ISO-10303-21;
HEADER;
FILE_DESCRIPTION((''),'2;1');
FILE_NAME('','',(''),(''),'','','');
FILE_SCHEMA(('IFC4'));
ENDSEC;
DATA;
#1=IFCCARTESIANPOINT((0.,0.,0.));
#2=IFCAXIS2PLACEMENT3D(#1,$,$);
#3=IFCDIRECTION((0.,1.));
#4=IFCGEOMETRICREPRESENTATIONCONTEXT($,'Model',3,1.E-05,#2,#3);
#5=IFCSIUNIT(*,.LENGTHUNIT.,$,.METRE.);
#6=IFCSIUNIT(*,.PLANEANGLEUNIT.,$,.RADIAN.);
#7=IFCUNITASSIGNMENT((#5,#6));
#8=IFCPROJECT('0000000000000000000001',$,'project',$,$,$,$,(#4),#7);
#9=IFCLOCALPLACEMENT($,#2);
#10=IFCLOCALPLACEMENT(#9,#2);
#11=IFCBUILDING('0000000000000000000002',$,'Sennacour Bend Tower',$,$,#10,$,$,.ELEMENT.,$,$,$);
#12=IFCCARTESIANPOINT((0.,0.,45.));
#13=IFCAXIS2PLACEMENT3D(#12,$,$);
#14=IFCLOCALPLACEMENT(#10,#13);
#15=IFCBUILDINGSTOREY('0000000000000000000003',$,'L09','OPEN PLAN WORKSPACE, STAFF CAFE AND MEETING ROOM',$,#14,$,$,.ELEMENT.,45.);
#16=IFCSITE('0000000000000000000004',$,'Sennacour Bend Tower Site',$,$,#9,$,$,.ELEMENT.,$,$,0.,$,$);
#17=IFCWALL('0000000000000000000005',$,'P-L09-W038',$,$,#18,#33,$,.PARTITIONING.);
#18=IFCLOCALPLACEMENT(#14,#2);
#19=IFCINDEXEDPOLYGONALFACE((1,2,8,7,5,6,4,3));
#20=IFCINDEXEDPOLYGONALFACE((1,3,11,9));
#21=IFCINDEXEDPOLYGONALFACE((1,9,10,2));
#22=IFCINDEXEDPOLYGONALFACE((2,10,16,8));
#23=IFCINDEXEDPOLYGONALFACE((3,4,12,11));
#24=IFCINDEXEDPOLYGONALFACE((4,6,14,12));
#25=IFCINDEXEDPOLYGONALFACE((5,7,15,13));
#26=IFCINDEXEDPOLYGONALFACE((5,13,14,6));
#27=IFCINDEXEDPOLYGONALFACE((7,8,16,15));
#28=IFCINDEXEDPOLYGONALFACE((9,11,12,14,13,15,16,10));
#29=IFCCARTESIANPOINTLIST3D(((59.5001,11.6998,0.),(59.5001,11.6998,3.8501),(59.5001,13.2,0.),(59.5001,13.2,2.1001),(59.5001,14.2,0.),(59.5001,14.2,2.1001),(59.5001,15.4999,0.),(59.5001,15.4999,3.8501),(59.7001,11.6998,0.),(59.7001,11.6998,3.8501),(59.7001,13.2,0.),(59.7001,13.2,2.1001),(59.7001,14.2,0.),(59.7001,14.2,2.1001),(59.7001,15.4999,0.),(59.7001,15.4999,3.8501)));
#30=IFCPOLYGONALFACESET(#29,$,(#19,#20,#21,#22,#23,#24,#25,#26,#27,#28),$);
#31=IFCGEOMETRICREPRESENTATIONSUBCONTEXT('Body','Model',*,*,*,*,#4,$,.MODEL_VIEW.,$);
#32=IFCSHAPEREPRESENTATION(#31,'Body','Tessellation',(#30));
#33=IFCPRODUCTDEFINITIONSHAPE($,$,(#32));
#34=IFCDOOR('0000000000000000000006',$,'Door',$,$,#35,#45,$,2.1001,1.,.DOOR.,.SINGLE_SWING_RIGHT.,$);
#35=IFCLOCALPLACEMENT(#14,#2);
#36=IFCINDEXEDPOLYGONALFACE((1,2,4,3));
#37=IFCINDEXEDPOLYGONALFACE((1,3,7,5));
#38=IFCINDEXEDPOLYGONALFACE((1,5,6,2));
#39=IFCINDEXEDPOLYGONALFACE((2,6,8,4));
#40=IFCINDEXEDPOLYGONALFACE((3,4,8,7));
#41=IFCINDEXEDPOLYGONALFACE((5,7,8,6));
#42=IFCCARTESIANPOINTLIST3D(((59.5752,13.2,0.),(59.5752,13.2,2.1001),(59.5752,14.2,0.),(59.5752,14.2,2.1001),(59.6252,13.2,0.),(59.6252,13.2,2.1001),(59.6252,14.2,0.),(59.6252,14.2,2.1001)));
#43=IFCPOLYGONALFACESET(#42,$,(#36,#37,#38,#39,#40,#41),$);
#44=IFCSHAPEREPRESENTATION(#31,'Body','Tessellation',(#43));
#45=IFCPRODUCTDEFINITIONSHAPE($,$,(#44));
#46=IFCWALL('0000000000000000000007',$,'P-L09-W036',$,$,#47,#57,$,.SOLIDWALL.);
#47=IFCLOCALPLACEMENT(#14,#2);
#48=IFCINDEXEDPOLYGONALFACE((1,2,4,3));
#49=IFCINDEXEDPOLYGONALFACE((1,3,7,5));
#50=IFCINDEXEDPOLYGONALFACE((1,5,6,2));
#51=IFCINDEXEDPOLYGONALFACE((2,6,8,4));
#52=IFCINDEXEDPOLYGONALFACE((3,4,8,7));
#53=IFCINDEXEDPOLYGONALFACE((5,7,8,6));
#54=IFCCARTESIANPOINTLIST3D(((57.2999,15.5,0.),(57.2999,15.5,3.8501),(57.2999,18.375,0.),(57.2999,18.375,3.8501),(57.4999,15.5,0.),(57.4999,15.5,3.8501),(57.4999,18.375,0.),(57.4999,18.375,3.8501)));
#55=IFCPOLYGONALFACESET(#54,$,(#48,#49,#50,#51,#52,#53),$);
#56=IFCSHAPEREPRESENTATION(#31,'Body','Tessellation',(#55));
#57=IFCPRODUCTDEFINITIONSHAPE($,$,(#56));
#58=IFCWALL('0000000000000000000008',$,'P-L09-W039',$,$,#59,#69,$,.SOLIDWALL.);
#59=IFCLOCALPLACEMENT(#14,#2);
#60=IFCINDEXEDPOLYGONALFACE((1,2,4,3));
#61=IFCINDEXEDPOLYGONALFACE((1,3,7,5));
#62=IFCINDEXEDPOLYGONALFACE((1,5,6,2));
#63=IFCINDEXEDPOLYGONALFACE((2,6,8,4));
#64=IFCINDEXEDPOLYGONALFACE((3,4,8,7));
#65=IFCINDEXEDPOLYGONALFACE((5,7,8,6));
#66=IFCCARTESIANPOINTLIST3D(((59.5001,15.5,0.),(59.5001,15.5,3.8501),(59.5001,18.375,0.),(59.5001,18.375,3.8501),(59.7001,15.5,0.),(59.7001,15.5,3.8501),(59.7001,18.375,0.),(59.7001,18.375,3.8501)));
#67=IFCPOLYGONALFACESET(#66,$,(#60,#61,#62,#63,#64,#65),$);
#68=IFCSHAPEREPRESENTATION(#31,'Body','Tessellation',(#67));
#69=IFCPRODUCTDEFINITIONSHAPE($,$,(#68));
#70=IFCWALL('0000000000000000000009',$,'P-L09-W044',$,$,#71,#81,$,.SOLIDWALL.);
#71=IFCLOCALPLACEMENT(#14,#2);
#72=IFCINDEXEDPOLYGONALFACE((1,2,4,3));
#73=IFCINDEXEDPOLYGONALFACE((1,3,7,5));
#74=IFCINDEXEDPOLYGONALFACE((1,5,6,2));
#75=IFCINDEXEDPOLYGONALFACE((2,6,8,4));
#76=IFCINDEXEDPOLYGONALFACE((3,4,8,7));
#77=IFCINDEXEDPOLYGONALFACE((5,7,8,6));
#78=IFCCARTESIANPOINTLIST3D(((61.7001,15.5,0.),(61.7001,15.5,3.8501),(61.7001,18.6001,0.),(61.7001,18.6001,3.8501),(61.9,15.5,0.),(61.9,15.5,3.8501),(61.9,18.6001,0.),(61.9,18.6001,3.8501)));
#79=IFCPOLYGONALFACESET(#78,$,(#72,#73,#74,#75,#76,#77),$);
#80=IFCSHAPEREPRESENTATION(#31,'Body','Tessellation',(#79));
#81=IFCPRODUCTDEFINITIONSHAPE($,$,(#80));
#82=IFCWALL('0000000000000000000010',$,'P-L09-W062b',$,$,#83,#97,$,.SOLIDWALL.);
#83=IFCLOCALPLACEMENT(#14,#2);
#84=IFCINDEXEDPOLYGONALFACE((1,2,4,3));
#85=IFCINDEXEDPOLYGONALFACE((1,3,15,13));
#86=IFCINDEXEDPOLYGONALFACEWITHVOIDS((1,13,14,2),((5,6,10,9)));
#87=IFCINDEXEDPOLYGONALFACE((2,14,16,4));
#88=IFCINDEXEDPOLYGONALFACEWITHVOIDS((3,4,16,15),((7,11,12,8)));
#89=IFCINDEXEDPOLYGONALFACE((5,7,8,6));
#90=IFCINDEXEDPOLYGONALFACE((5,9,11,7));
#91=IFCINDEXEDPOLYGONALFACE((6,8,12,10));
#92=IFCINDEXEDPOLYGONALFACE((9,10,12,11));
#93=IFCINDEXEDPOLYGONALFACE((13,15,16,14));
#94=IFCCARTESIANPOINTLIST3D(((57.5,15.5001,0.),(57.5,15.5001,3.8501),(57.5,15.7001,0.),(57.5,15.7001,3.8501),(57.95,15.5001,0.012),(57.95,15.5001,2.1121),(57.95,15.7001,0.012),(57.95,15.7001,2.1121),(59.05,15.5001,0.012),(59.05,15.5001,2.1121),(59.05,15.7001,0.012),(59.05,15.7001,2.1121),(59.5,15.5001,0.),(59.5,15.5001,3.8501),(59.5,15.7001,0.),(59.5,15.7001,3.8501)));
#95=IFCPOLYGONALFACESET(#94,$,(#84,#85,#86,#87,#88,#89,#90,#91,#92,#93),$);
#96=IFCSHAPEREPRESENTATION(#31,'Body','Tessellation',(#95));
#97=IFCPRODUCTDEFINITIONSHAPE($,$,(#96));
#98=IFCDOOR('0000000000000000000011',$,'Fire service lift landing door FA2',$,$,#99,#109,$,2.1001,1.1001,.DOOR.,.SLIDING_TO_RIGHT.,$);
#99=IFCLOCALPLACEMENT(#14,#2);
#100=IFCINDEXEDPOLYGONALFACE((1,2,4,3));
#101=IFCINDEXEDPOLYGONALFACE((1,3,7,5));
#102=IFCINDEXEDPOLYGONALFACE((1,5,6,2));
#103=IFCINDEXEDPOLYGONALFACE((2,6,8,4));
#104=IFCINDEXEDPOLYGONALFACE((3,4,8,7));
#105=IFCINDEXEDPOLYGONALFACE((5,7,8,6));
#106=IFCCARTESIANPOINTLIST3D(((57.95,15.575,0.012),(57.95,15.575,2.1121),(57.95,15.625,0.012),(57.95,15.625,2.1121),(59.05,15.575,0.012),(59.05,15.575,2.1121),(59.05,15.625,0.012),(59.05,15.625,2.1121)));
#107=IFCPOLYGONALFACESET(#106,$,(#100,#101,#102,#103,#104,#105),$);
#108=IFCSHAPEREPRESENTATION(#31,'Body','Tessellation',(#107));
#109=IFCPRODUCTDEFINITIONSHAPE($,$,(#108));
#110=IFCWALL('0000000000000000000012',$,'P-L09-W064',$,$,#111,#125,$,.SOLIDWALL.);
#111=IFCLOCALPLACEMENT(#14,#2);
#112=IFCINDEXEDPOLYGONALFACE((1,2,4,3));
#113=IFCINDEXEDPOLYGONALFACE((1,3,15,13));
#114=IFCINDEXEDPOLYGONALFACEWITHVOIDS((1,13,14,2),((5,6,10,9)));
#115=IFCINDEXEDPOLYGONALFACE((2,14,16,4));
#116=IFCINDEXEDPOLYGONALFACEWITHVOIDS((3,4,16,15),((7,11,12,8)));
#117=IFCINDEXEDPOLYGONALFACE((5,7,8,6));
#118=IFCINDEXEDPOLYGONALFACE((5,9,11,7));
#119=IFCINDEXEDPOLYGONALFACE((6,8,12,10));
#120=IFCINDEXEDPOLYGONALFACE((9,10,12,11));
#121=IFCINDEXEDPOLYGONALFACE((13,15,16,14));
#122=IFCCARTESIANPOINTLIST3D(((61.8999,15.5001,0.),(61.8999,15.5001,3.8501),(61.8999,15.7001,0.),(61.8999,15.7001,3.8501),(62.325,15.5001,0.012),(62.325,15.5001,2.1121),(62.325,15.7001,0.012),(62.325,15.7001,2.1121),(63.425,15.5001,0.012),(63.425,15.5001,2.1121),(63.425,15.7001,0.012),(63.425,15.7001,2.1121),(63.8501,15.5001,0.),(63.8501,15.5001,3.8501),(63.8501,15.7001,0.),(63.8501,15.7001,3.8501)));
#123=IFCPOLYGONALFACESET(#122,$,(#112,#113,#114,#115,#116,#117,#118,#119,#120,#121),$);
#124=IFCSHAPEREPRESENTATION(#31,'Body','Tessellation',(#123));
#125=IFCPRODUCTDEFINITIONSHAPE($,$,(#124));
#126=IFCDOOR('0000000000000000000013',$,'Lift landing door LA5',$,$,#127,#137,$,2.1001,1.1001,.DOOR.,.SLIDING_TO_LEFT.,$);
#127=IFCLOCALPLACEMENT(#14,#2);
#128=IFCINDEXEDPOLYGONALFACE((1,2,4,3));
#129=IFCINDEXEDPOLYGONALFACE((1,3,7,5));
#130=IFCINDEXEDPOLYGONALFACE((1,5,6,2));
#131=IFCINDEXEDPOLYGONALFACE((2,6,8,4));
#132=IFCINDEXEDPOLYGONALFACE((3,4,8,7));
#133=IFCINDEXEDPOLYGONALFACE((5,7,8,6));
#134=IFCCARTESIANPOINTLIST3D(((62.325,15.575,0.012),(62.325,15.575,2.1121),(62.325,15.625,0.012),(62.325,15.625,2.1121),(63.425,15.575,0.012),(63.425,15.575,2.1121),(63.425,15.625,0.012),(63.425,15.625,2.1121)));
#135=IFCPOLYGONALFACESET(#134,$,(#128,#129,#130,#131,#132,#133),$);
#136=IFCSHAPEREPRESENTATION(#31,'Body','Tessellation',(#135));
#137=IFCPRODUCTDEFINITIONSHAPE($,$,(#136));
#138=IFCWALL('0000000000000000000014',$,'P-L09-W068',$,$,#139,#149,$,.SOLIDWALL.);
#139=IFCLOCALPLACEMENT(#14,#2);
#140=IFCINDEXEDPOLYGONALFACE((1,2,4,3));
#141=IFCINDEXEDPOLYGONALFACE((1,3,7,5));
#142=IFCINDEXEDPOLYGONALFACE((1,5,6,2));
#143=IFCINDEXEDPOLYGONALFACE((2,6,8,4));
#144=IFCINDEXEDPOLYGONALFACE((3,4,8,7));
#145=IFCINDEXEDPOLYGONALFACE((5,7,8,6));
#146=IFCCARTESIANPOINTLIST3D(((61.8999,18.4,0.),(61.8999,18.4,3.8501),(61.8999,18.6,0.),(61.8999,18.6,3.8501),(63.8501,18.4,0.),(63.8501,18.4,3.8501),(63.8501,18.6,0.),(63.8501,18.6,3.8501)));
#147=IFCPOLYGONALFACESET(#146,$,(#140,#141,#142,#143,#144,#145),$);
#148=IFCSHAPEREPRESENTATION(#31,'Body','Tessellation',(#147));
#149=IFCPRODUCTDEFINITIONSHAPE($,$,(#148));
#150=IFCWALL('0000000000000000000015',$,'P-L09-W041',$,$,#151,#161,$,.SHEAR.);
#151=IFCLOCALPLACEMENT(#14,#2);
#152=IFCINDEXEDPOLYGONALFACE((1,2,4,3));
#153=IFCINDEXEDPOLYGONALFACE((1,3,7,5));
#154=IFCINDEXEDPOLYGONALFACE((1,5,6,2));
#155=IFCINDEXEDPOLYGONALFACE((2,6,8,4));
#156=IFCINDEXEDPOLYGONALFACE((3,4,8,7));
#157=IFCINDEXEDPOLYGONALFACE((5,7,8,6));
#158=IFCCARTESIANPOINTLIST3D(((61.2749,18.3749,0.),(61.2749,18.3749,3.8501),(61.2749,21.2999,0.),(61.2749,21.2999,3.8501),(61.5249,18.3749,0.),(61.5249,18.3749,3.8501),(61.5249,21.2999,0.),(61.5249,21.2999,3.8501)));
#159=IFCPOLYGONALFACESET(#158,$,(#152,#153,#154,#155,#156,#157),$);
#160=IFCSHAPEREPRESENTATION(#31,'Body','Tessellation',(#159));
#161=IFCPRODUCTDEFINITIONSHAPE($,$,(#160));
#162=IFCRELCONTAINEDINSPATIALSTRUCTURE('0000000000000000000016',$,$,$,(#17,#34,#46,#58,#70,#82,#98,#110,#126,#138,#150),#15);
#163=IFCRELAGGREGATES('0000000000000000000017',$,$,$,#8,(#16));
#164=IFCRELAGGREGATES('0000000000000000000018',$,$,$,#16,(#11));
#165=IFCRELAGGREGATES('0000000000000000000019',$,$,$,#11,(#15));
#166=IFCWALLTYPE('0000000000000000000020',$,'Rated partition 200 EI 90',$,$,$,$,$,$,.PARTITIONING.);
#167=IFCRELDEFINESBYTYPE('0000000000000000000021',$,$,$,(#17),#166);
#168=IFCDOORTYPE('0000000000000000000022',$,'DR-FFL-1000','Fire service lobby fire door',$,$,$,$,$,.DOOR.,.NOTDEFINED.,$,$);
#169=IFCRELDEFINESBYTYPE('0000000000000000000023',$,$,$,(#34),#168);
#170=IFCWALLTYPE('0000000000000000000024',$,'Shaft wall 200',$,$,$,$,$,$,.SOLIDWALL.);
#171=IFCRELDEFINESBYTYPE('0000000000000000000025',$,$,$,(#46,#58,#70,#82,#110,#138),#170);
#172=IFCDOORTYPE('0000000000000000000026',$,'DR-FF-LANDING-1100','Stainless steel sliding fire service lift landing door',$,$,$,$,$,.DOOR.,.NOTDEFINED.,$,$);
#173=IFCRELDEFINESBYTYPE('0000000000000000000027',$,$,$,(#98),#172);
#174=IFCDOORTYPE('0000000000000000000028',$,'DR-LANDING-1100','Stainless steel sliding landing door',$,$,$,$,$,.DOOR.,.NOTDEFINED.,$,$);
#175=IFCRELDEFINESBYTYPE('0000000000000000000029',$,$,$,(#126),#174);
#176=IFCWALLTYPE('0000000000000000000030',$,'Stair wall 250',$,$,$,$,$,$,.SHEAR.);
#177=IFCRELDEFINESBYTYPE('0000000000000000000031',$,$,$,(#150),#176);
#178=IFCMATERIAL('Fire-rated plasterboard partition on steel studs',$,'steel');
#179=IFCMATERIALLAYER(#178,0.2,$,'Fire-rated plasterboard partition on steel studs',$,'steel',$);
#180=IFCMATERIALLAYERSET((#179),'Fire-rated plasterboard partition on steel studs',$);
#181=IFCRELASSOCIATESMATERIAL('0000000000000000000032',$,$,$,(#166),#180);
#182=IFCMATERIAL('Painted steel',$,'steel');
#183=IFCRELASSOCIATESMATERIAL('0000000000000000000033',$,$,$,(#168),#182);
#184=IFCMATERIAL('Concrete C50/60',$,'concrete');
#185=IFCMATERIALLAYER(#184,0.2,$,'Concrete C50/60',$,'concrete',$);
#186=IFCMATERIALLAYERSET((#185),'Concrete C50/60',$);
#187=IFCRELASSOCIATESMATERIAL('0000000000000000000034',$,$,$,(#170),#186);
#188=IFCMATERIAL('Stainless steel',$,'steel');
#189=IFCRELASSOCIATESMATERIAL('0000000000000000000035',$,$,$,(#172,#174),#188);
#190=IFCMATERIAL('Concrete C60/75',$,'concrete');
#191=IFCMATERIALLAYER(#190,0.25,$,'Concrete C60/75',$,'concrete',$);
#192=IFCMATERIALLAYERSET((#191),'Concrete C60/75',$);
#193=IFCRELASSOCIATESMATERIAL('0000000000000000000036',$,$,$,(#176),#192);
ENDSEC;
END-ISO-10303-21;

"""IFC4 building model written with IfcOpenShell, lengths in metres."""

from ifc_helpers import new_model, si_unit, direction, frame, frame_2d, origin, place, context, subcontext, project, spatial, rectangle, extrude, material, layer, layer_set, type_object, element, fill, save


model = new_model("IFC4")

# Units and contexts
model_context = context("Model", 3, precision=1e-05, world=origin(), true_north=direction((0.0, 1.0)))
body_context = subcontext(model_context, "Body", "Model", "MODEL_VIEW")
ifc_project = project(units=[si_unit("LENGTHUNIT", "METRE"), si_unit("PLANEANGLEUNIT", "RADIAN")], contexts=[model_context])

# Site, building, storey
site_placement = place(None, origin())
site = spatial("IfcSite", under=ifc_project, at=site_placement, Name="Sennacour Bend Tower Site", CompositionType="ELEMENT", RefElevation=0.0)
building_placement = place(site_placement, origin())
building = spatial("IfcBuilding", under=site, at=building_placement, Name="Sennacour Bend Tower", CompositionType="ELEMENT")
storey_placement = place(building_placement, frame((0.0, 0.0, 45.0)))
storey = spatial("IfcBuildingStorey", under=building, at=storey_placement, Name="L09", Description="OPEN PLAN WORKSPACE, STAFF CAFE AND MEETING ROOM", CompositionType="ELEMENT", Elevation=45.0)

# Shared definitions
ifc_material_1 = material(Name="Fire-rated plasterboard partition on steel studs", Category="steel")
ifc_material_2 = material(Name="Painted steel", Category="steel")

# Wall, opening, door
ifc_layer_1 = layer(ifc_material_1, 0.2, Name="Fire-rated plasterboard partition on steel studs", Category="steel")
ifc_layer_set_1 = layer_set([ifc_layer_1], Name="Fire-rated plasterboard partition on steel studs")
wall_type_1 = type_object("IfcWallType", Name="Rated partition 200 EI 90", PredefinedType="PARTITIONING", material=ifc_layer_set_1)
wall_1_placement = place(storey_placement, frame((59.6001, 11.7, 0.0), z_axis=(0.0, 0.0, 1.0), x_axis=(0.0, 1.0, 0.0)))
wall_1 = element("IfcWall", 1, at=wall_1_placement, inside=storey, type_object=wall_type_1, Name="P-L09-W038", PredefinedType="PARTITIONING", context=body_context, shape_type="SweptSolid", body=[
    extrude(rectangle(XDim=3.8, YDim=0.2, at=frame_2d((1.8999, 0.0))), origin(), (0.0, 0.0, 1.0), 3.8501),
])
opening_1_placement = place(wall_1_placement, frame((1.5, 0.0, 0.0)))
opening_1 = element("IfcOpeningElement", 2, at=opening_1_placement, cuts=wall_1, PredefinedType="OPENING", context=body_context, shape_type="SweptSolid", body=[
    extrude(rectangle(XDim=1.0, YDim=2.1001, at=frame_2d((0.5, 1.05))), frame((0.0, 0.1099, 0.0), z_axis=(0.0, -1.0, 0.0), x_axis=(1.0, 0.0, 0.0)), (0.0, 0.0, 1.0), 0.22),
])
door_type_1 = type_object("IfcDoorType", Name="DR-FFL-1000", Description="Fire service lobby fire door", OperationType="NOTDEFINED", PredefinedType="DOOR", material=ifc_material_2)
door_1_placement = place(opening_1_placement, origin())
door_1 = element("IfcDoor", 3, at=door_1_placement, inside=storey, type_object=door_type_1, Name="Door", OperationType="SINGLE_SWING_RIGHT", OverallHeight=2.1001, OverallWidth=1.0, PredefinedType="DOOR", context=body_context, shape_type="SweptSolid", body=[
    extrude(rectangle(XDim=1.0, YDim=2.1001, at=frame_2d((0.5, 1.05))), frame((0.0, 0.0249, 0.0), z_axis=(0.0, -1.0, 0.0), x_axis=(1.0, 0.0, 0.0)), (0.0, 0.0, 1.0), 0.05),
])
fill(opening_1, door_1)

# Walls
ifc_material_3 = material(Name="Concrete C50/60", Category="concrete")
ifc_layer_2 = layer(ifc_material_3, 0.2, Name="Concrete C50/60", Category="concrete")
ifc_layer_set_2 = layer_set([ifc_layer_2], Name="Concrete C50/60")
wall_type_2 = type_object("IfcWallType", Name="Shaft wall 200", PredefinedType="SOLIDWALL", material=ifc_layer_set_2)
for number, where, z_axis, x_axis, name in (
    (4, (57.3999, 15.5, 0.0), (0.0, 0.0, 1.0), (0.0, 1.0, 0.0), "P-L09-W036"),
    (5, (59.6001, 15.5, 0.0), (0.0, 0.0, 1.0), (0.0, 1.0, 0.0), "P-L09-W039"),
):
    element("IfcWall", number, at=place(storey_placement, frame(where, z_axis=z_axis, x_axis=x_axis)), inside=storey, type_object=wall_type_2, Name=name, PredefinedType="SOLIDWALL", context=body_context, shape_type="SweptSolid", body=[
        extrude(rectangle(XDim=2.875, YDim=0.2, at=frame_2d((1.4375, 0.0))), origin(), (0.0, 0.0, 1.0), 3.8501),
    ])
wall_2_placement = place(storey_placement, frame((61.8, 15.5, 0.0), z_axis=(0.0, 0.0, 1.0), x_axis=(0.0, 1.0, 0.0)))
element("IfcWall", 6, at=wall_2_placement, inside=storey, type_object=wall_type_2, Name="P-L09-W044", PredefinedType="SOLIDWALL", context=body_context, shape_type="SweptSolid", body=[
    extrude(rectangle(XDim=3.1001, YDim=0.2, at=frame_2d((1.55, 0.0))), origin(), (0.0, 0.0, 1.0), 3.8501),
])

# Walls, openings, doors
wall_3_placement = place(storey_placement, frame((57.5, 15.6001, 0.0), z_axis=(0.0, 0.0, 1.0), x_axis=(1.0, 0.0, 0.0)))
wall_3 = element("IfcWall", 7, at=wall_3_placement, inside=storey, type_object=wall_type_2, Name="P-L09-W062b", PredefinedType="SOLIDWALL", context=body_context, shape_type="SweptSolid", body=[
    extrude(rectangle(XDim=2.0, YDim=0.2, at=frame_2d((1.0, 0.0))), origin(), (0.0, 0.0, 1.0), 3.8501),
])
opening_2_placement = place(wall_3_placement, frame((0.45, 0.0, 0.012)))
opening_2 = element("IfcOpeningElement", 8, at=opening_2_placement, cuts=wall_3, PredefinedType="OPENING", context=body_context, shape_type="SweptSolid", body=[
    extrude(rectangle(XDim=1.1001, YDim=2.1001, at=frame_2d((0.55, 1.05))), frame((0.0, 0.1099, 0.0), z_axis=(0.0, -1.0, 0.0), x_axis=(1.0, 0.0, 0.0)), (0.0, 0.0, 1.0), 0.22),
])
ifc_material_4 = material(Name="Stainless steel", Category="steel")
door_type_2 = type_object("IfcDoorType", Name="DR-FF-LANDING-1100", Description="Stainless steel sliding fire service lift landing door", OperationType="NOTDEFINED", PredefinedType="DOOR", material=ifc_material_4)
door_2_placement = place(opening_2_placement, origin())
door_2 = element("IfcDoor", 9, at=door_2_placement, inside=storey, type_object=door_type_2, Name="Fire service lift landing door FA2", OperationType="SLIDING_TO_RIGHT", OverallHeight=2.1001, OverallWidth=1.1001, PredefinedType="DOOR", context=body_context, shape_type="SweptSolid", body=[
    extrude(rectangle(XDim=1.1001, YDim=2.1001, at=frame_2d((0.55, 1.05))), frame((0.0, 0.0249, 0.0), z_axis=(0.0, -1.0, 0.0), x_axis=(1.0, 0.0, 0.0)), (0.0, 0.0, 1.0), 0.05),
])
fill(opening_2, door_2)
wall_4_placement = place(storey_placement, frame((61.8999, 15.6001, 0.0), z_axis=(0.0, 0.0, 1.0), x_axis=(1.0, 0.0, 0.0)))
wall_4 = element("IfcWall", 10, at=wall_4_placement, inside=storey, type_object=wall_type_2, Name="P-L09-W064", PredefinedType="SOLIDWALL", context=body_context, shape_type="SweptSolid", body=[
    extrude(rectangle(XDim=1.9502, YDim=0.2, at=frame_2d((0.9751, 0.0))), origin(), (0.0, 0.0, 1.0), 3.8501),
])
opening_3_placement = place(wall_4_placement, frame((0.425, 0.0, 0.012)))
opening_3 = element("IfcOpeningElement", 11, at=opening_3_placement, cuts=wall_4, PredefinedType="OPENING", context=body_context, shape_type="SweptSolid", body=[
    extrude(rectangle(XDim=1.1001, YDim=2.1001, at=frame_2d((0.55, 1.05))), frame((0.0, 0.1099, 0.0), z_axis=(0.0, -1.0, 0.0), x_axis=(1.0, 0.0, 0.0)), (0.0, 0.0, 1.0), 0.22),
])
door_type_3 = type_object("IfcDoorType", Name="DR-LANDING-1100", Description="Stainless steel sliding landing door", OperationType="NOTDEFINED", PredefinedType="DOOR", material=ifc_material_4)
door_3_placement = place(opening_3_placement, origin())
door_3 = element("IfcDoor", 12, at=door_3_placement, inside=storey, type_object=door_type_3, Name="Lift landing door LA5", OperationType="SLIDING_TO_LEFT", OverallHeight=2.1001, OverallWidth=1.1001, PredefinedType="DOOR", context=body_context, shape_type="SweptSolid", body=[
    extrude(rectangle(XDim=1.1001, YDim=2.1001, at=frame_2d((0.55, 1.05))), frame((0.0, 0.0249, 0.0), z_axis=(0.0, -1.0, 0.0), x_axis=(1.0, 0.0, 0.0)), (0.0, 0.0, 1.0), 0.05),
])
fill(opening_3, door_3)

# Walls
wall_5_placement = place(storey_placement, frame((61.8999, 18.5, 0.0), z_axis=(0.0, 0.0, 1.0), x_axis=(1.0, 0.0, 0.0)))
element("IfcWall", 13, at=wall_5_placement, inside=storey, type_object=wall_type_2, Name="P-L09-W068", PredefinedType="SOLIDWALL", context=body_context, shape_type="SweptSolid", body=[
    extrude(rectangle(XDim=1.9502, YDim=0.2, at=frame_2d((0.9751, 0.0))), origin(), (0.0, 0.0, 1.0), 3.8501),
])
ifc_material_5 = material(Name="Concrete C60/75", Category="concrete")
ifc_layer_3 = layer(ifc_material_5, 0.25, Name="Concrete C60/75", Category="concrete")
ifc_layer_set_3 = layer_set([ifc_layer_3], Name="Concrete C60/75")
wall_type_3 = type_object("IfcWallType", Name="Stair wall 250", PredefinedType="SHEAR", material=ifc_layer_set_3)
wall_6_placement = place(storey_placement, frame((61.3999, 18.375, 0.0), z_axis=(0.0, 0.0, 1.0), x_axis=(0.0, 1.0, 0.0)))
element("IfcWall", 14, at=wall_6_placement, inside=storey, type_object=wall_type_3, Name="P-L09-W041", PredefinedType="SHEAR", context=body_context, shape_type="SweptSolid", body=[
    extrude(rectangle(XDim=2.925, YDim=0.25, at=frame_2d((1.4624, 0.0))), origin(), (0.0, 0.0, 1.0), 3.8501),
])

save(model, "model.ifc")
